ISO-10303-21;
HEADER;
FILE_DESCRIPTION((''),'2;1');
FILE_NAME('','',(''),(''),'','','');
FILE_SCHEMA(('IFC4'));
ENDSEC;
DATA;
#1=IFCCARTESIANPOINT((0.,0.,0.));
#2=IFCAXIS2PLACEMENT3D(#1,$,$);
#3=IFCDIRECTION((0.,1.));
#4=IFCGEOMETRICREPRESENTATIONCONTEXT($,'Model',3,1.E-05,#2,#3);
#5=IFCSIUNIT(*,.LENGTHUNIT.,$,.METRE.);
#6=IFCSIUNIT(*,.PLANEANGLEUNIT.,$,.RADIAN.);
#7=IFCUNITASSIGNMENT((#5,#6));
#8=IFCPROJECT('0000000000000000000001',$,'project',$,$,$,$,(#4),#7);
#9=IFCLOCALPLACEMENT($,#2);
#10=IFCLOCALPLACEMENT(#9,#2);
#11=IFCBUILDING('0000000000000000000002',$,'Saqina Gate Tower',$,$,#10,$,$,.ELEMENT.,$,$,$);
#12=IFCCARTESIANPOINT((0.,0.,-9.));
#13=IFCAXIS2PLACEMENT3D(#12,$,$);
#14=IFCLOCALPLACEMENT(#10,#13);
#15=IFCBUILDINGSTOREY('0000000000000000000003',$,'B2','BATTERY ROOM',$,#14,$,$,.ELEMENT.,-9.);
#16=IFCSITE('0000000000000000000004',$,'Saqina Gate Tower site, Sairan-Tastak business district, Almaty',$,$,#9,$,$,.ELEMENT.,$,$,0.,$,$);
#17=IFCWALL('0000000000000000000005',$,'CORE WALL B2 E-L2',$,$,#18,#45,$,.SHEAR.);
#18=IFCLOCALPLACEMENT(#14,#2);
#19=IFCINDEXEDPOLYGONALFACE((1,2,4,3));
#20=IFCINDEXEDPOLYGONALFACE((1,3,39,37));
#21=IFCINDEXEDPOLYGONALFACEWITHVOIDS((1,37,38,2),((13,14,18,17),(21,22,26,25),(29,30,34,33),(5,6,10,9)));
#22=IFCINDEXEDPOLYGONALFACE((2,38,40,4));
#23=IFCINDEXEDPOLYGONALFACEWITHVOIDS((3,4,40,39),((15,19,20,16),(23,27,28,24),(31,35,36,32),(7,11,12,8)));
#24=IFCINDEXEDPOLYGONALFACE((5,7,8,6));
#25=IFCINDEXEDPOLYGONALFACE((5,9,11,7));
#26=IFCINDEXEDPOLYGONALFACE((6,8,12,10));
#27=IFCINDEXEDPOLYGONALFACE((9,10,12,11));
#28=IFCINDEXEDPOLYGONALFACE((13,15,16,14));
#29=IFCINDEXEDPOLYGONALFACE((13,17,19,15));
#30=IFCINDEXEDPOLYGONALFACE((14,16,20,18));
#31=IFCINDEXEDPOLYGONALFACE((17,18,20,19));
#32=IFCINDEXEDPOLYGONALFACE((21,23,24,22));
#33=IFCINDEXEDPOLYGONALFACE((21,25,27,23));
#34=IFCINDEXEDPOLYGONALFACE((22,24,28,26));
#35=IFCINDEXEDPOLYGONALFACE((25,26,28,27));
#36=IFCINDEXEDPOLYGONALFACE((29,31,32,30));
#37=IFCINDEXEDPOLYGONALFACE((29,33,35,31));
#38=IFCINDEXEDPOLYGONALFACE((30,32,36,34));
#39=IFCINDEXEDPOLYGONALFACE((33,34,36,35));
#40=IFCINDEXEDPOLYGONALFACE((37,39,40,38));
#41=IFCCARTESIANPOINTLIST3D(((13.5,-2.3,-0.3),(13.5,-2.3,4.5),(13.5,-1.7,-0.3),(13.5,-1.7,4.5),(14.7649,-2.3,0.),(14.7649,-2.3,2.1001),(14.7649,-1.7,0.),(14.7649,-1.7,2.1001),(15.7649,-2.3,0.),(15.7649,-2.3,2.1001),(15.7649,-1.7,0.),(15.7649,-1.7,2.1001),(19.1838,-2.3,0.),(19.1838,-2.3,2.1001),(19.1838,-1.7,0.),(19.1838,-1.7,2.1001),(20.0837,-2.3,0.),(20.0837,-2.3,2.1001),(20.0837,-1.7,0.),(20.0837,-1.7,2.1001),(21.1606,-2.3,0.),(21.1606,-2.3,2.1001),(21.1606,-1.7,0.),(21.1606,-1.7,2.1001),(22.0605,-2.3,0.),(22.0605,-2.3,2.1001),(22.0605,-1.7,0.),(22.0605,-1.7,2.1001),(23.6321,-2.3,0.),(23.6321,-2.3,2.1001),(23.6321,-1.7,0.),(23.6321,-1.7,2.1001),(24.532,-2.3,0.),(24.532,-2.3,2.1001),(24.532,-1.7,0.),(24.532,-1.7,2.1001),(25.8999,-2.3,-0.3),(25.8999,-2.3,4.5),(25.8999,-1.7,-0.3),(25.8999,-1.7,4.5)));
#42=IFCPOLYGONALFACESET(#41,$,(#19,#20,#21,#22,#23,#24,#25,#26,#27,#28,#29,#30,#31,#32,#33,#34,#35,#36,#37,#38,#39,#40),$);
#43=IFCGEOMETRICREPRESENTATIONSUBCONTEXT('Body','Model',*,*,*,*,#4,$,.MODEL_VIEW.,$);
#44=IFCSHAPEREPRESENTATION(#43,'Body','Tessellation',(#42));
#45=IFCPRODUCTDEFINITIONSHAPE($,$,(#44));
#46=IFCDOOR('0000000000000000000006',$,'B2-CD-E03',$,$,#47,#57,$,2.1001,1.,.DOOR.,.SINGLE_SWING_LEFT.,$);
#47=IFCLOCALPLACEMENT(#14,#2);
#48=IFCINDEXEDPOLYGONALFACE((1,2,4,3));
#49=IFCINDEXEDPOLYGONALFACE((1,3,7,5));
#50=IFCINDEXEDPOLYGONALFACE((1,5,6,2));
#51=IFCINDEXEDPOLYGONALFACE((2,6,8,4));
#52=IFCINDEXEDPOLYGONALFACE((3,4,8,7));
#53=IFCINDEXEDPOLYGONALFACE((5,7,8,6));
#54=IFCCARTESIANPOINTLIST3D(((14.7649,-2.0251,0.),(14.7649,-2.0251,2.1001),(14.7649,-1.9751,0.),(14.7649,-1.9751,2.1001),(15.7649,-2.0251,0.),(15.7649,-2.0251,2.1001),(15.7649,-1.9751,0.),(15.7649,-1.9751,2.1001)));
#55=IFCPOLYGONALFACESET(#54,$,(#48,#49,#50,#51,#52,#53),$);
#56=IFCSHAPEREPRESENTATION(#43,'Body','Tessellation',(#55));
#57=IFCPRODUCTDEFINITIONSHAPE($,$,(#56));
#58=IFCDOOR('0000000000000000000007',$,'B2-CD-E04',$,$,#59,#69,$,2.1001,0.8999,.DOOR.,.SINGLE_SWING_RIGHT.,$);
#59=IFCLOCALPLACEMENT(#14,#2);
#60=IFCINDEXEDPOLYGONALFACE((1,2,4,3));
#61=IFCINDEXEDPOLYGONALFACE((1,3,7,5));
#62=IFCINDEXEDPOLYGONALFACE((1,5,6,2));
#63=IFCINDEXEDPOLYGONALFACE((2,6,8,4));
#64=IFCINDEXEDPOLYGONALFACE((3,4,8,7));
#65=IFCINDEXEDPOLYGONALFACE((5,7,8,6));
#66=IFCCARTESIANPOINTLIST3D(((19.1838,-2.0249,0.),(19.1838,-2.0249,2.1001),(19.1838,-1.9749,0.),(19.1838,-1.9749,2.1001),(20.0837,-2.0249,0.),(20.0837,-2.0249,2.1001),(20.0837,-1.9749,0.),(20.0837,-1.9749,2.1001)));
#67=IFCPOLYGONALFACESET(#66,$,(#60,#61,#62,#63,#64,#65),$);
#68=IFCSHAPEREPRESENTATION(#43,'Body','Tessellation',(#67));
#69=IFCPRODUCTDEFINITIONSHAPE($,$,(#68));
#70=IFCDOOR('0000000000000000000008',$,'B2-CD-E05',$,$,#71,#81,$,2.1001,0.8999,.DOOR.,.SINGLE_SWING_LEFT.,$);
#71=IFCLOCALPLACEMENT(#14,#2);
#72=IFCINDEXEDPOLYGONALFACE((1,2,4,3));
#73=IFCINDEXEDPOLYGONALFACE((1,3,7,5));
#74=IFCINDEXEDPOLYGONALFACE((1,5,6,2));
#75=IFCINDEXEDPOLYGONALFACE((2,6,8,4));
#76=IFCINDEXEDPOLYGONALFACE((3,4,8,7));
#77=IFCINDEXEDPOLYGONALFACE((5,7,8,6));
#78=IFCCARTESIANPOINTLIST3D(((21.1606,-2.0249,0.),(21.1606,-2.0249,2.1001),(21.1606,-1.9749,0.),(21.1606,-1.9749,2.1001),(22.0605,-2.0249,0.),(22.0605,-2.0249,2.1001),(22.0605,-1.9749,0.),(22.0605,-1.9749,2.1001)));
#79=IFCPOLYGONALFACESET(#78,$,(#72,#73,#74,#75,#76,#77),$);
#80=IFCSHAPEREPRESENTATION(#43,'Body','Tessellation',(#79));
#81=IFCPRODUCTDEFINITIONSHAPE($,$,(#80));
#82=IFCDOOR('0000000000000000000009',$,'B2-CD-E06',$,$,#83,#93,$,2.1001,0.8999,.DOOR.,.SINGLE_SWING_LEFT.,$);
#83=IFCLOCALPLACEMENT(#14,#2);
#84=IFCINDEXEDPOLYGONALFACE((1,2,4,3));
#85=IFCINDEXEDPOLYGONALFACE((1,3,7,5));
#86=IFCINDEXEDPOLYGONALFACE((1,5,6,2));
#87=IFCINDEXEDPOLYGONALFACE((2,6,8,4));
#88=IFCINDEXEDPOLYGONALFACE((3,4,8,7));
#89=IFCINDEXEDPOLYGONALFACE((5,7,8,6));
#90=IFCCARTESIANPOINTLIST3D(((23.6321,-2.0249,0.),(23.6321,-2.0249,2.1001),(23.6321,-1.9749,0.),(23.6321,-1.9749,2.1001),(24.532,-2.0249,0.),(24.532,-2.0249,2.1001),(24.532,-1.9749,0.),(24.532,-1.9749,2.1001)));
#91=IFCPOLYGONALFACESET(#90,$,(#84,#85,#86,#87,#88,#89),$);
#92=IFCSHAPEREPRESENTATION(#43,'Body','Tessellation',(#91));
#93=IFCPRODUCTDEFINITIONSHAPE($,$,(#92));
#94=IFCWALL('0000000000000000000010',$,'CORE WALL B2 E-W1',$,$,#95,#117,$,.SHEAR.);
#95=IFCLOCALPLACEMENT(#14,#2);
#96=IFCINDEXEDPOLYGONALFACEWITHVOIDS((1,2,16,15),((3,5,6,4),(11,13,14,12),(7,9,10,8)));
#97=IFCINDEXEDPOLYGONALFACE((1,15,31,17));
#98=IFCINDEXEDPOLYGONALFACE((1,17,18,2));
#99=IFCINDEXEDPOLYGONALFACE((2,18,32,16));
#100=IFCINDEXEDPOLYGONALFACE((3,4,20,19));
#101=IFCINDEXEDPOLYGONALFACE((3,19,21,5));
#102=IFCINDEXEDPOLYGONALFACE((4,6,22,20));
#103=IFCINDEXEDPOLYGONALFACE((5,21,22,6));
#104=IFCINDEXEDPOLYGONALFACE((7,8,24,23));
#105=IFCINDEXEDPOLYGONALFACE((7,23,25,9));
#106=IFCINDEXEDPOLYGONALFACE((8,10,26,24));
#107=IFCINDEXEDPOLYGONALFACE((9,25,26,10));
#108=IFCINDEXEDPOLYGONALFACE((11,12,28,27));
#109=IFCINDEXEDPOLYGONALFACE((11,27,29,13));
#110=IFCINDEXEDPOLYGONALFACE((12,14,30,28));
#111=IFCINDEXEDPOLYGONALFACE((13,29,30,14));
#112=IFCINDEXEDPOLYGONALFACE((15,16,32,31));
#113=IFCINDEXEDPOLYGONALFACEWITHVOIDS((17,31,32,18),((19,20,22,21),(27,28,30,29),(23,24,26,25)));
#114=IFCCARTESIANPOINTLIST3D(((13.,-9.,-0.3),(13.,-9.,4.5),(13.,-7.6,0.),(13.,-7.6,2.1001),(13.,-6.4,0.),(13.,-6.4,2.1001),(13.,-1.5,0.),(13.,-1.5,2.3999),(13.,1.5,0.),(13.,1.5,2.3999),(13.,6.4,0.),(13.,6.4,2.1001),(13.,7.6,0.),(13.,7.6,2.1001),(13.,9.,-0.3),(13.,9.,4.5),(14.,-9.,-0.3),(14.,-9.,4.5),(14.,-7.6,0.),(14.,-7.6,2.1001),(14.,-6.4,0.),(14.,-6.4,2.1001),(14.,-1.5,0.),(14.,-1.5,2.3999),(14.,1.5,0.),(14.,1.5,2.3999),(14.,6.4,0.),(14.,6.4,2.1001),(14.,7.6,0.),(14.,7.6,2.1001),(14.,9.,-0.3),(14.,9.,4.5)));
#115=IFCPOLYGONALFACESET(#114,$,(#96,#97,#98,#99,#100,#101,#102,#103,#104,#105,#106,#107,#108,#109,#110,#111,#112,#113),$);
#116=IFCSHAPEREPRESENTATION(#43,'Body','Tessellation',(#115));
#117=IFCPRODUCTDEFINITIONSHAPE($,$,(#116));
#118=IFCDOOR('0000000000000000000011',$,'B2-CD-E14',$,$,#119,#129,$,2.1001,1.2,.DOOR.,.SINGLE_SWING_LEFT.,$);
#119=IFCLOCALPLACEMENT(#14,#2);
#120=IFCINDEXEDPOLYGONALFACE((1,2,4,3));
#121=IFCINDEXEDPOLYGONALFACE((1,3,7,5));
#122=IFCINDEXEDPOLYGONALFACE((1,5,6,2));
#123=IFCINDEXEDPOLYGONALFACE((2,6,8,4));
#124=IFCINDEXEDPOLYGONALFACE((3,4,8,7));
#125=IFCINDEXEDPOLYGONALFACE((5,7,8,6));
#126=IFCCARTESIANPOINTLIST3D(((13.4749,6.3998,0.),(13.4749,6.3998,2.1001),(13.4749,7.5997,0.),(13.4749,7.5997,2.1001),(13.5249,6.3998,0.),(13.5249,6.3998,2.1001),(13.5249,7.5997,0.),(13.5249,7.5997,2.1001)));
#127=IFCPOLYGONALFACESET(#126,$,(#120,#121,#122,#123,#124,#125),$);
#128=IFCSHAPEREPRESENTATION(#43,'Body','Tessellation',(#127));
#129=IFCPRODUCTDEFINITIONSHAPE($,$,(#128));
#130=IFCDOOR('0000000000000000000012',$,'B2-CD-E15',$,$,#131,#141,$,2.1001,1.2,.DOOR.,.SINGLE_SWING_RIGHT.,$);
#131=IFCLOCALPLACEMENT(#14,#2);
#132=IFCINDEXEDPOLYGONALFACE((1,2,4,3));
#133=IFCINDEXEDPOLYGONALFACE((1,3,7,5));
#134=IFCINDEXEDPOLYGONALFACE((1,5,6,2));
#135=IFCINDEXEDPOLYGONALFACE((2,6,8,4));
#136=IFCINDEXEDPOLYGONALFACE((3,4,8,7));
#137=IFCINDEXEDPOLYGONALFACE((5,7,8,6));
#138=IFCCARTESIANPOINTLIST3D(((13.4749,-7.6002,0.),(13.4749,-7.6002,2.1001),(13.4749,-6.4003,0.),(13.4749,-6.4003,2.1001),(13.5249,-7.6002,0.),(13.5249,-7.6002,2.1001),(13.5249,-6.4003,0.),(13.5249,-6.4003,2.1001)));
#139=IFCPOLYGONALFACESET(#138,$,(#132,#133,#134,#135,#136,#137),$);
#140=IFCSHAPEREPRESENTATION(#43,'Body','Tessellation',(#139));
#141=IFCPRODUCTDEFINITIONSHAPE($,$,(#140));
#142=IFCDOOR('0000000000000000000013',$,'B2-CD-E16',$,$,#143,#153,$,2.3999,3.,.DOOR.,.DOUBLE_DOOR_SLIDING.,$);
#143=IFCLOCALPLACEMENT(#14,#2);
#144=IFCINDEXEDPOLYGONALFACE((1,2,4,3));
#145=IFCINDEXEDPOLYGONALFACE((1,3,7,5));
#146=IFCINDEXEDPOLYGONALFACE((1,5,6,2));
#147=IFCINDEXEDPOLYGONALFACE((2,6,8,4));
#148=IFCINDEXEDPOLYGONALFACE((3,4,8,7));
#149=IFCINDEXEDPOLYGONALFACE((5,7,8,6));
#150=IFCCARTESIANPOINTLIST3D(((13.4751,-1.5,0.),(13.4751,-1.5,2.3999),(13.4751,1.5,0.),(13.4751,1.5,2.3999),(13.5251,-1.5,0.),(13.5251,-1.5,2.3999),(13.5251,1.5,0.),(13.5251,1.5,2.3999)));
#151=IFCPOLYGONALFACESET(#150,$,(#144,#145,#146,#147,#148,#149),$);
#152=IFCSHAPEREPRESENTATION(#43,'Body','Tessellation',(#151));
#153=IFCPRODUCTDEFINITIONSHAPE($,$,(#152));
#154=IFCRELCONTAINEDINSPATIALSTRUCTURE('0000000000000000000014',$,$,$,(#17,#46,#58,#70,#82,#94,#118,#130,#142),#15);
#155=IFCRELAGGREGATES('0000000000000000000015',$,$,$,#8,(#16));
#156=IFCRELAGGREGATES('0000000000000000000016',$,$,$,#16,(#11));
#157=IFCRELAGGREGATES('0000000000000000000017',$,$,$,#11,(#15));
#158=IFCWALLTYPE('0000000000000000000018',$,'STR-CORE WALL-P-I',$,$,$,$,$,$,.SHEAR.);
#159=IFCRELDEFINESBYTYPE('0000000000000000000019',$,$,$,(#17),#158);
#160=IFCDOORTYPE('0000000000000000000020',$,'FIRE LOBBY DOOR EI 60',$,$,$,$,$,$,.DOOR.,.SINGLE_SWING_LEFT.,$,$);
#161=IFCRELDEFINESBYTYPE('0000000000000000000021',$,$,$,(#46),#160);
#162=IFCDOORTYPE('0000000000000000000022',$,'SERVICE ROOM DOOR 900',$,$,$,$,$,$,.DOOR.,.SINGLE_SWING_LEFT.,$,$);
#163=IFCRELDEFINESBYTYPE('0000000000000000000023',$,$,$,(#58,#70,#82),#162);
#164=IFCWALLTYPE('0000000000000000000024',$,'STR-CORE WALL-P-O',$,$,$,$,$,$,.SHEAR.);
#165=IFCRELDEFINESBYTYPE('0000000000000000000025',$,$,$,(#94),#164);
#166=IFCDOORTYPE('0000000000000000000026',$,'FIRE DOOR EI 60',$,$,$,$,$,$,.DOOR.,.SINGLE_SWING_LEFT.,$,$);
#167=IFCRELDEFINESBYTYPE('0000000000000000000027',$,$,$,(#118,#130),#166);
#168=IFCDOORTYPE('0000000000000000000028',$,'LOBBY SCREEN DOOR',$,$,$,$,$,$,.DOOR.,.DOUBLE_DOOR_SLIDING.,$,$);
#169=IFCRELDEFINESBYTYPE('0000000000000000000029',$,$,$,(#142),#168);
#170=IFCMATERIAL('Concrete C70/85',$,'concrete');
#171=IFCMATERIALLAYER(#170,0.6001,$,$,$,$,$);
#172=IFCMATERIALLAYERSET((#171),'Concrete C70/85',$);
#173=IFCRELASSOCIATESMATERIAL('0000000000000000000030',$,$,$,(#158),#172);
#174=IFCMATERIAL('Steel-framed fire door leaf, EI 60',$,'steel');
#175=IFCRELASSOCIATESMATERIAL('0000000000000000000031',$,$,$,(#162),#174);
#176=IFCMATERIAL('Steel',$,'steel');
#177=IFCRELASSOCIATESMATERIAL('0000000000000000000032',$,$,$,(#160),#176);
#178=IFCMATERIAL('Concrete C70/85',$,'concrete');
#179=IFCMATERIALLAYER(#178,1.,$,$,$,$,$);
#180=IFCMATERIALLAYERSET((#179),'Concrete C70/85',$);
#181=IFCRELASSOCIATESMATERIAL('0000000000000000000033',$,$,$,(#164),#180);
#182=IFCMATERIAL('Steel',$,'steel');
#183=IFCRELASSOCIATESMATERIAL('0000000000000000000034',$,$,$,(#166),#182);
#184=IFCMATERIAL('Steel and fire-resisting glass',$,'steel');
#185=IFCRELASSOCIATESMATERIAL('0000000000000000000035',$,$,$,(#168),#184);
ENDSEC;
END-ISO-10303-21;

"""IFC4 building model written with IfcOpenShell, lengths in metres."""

from ifc_helpers import new_model, si_unit, direction, frame, frame_2d, origin, place, context, subcontext, project, spatial, rectangle, extrude, material, layer, layer_set, type_object, element, fill, save


model = new_model("IFC4")

# Units and contexts
model_context = context("Model", 3, precision=1e-05, world=origin(), true_north=direction((0.0, 1.0)))
body_context = subcontext(model_context, "Body", "Model", "MODEL_VIEW")
ifc_project = project(units=[si_unit("LENGTHUNIT", "METRE"), si_unit("PLANEANGLEUNIT", "RADIAN")], contexts=[model_context])

# Site, building, storey
site_placement = place(None, origin())
site = spatial("IfcSite", under=ifc_project, at=site_placement, Name="Saqina Gate Tower site, Sairan-Tastak business district, Almaty", CompositionType="ELEMENT", RefElevation=0.0)
building_placement = place(site_placement, origin())
building = spatial("IfcBuilding", under=site, at=building_placement, Name="Saqina Gate Tower", CompositionType="ELEMENT")
storey_placement = place(building_placement, frame((0.0, 0.0, -9.0)))
storey = spatial("IfcBuildingStorey", under=building, at=storey_placement, Name="B2", Description="BATTERY ROOM", CompositionType="ELEMENT", Elevation=-9.0)

# Walls, openings, doors
ifc_material_1 = material(Name="Concrete C70/85", Category="concrete")
ifc_layer_1 = layer(ifc_material_1, 0.6001)
ifc_layer_set_1 = layer_set([ifc_layer_1], Name="Concrete C70/85")
wall_type_1 = type_object("IfcWallType", Name="STR-CORE WALL-P-I", PredefinedType="SHEAR", material=ifc_layer_set_1)
ifc_material_2 = material(Name="Steel-framed fire door leaf, EI 60", Category="steel")
door_type_1 = type_object("IfcDoorType", Name="SERVICE ROOM DOOR 900", OperationType="SINGLE_SWING_LEFT", PredefinedType="DOOR", material=ifc_material_2)
wall_1_placement = place(storey_placement, frame((13.5, -2.0, -0.3), z_axis=(0.0, 0.0, 1.0), x_axis=(1.0, 0.0, 0.0)))
wall_1 = element("IfcWall", 1, at=wall_1_placement, inside=storey, type_object=wall_type_1, Name="CORE WALL B2 E-L2", PredefinedType="SHEAR", context=body_context, shape_type="SweptSolid", body=[
    extrude(rectangle(XDim=12.3999, YDim=0.6001, at=frame_2d((6.2, 0.0))), origin(), (0.0, 0.0, 1.0), 4.8),
])
opening_1_placement = place(wall_1_placement, frame((1.2649, 0.0, 0.3)))
opening_1 = element("IfcOpeningElement", 2, at=opening_1_placement, cuts=wall_1, PredefinedType="OPENING", context=body_context, shape_type="SweptSolid", body=[
    extrude(rectangle(XDim=1.0, YDim=2.1001, at=frame_2d((0.5, 1.05))), frame((0.0, 0.312, 0.0), z_axis=(0.0, -1.0, 0.0), x_axis=(1.0, 0.0, 0.0)), (0.0, 0.0, 1.0), 0.624),
])
opening_2_placement = place(wall_1_placement, frame((5.6838, 0.0, 0.3)))
opening_2 = element("IfcOpeningElement", 3, at=opening_2_placement, cuts=wall_1, PredefinedType="OPENING", context=body_context, shape_type="SweptSolid", body=[
    extrude(rectangle(XDim=0.8999, YDim=2.1001, at=frame_2d((0.45, 1.05))), frame((0.0, 0.312, 0.0), z_axis=(0.0, -1.0, 0.0), x_axis=(1.0, 0.0, 0.0)), (0.0, 0.0, 1.0), 0.624),
])
opening_3_placement = place(wall_1_placement, frame((7.6606, 0.0, 0.3)))
opening_3 = element("IfcOpeningElement", 4, at=opening_3_placement, cuts=wall_1, PredefinedType="OPENING", context=body_context, shape_type="SweptSolid", body=[
    extrude(rectangle(XDim=0.8999, YDim=2.1001, at=frame_2d((0.45, 1.05))), frame((0.0, 0.312, 0.0), z_axis=(0.0, -1.0, 0.0), x_axis=(1.0, 0.0, 0.0)), (0.0, 0.0, 1.0), 0.624),
])
opening_4_placement = place(wall_1_placement, frame((10.1321, 0.0, 0.3)))
opening_4 = element("IfcOpeningElement", 5, at=opening_4_placement, cuts=wall_1, PredefinedType="OPENING", context=body_context, shape_type="SweptSolid", body=[
    extrude(rectangle(XDim=0.8999, YDim=2.1001, at=frame_2d((0.45, 1.05))), frame((0.0, 0.312, 0.0), z_axis=(0.0, -1.0, 0.0), x_axis=(1.0, 0.0, 0.0)), (0.0, 0.0, 1.0), 0.624),
])
ifc_material_3 = material(Name="Steel", Category="steel")
door_type_2 = type_object("IfcDoorType", Name="FIRE LOBBY DOOR EI 60", OperationType="SINGLE_SWING_LEFT", PredefinedType="DOOR", material=ifc_material_3)
door_1_placement = place(opening_1_placement, origin())
door_1 = element("IfcDoor", 6, at=door_1_placement, inside=storey, type_object=door_type_2, Name="B2-CD-E03", OperationType="SINGLE_SWING_LEFT", OverallHeight=2.1001, OverallWidth=1.0, PredefinedType="DOOR", context=body_context, shape_type="SweptSolid", body=[
    extrude(rectangle(XDim=1.0, YDim=2.1001, at=frame_2d((0.5, 1.05))), frame((0.0, 0.0249, 0.0), z_axis=(0.0, -1.0, 0.0), x_axis=(1.0, 0.0, 0.0)), (0.0, 0.0, 1.0), 0.05),
])
fill(opening_1, door_1)
door_2_placement = place(opening_2_placement, frame((0.8999, 0.0, 0.0), z_axis=(0.0, 0.0, 1.0), x_axis=(-1.0, 0.0, 0.0)))
door_2 = element("IfcDoor", 7, at=door_2_placement, inside=storey, type_object=door_type_1, Name="B2-CD-E04", OperationType="SINGLE_SWING_RIGHT", OverallHeight=2.1001, OverallWidth=0.8999, PredefinedType="DOOR", context=body_context, shape_type="SweptSolid", body=[
    extrude(rectangle(XDim=0.8999, YDim=2.1001, at=frame_2d((0.45, 1.05))), frame((0.0, 0.0249, 0.0), z_axis=(0.0, -1.0, 0.0), x_axis=(1.0, 0.0, 0.0)), (0.0, 0.0, 1.0), 0.05),
])
fill(opening_2, door_2)
door_3_placement = place(opening_3_placement, frame((0.8999, 0.0, 0.0), z_axis=(0.0, 0.0, 1.0), x_axis=(-1.0, 0.0, 0.0)))
door_3 = element("IfcDoor", 8, at=door_3_placement, inside=storey, type_object=door_type_1, Name="B2-CD-E05", OperationType="SINGLE_SWING_LEFT", OverallHeight=2.1001, OverallWidth=0.8999, PredefinedType="DOOR", context=body_context, shape_type="SweptSolid", body=[
    extrude(rectangle(XDim=0.8999, YDim=2.1001, at=frame_2d((0.45, 1.05))), frame((0.0, 0.0249, 0.0), z_axis=(0.0, -1.0, 0.0), x_axis=(1.0, 0.0, 0.0)), (0.0, 0.0, 1.0), 0.05),
])
fill(opening_3, door_3)
door_4_placement = place(opening_4_placement, frame((0.8999, 0.0, 0.0), z_axis=(0.0, 0.0, 1.0), x_axis=(-1.0, 0.0, 0.0)))
door_4 = element("IfcDoor", 9, at=door_4_placement, inside=storey, type_object=door_type_1, Name="B2-CD-E06", OperationType="SINGLE_SWING_LEFT", OverallHeight=2.1001, OverallWidth=0.8999, PredefinedType="DOOR", context=body_context, shape_type="SweptSolid", body=[
    extrude(rectangle(XDim=0.8999, YDim=2.1001, at=frame_2d((0.45, 1.05))), frame((0.0, 0.0249, 0.0), z_axis=(0.0, -1.0, 0.0), x_axis=(1.0, 0.0, 0.0)), (0.0, 0.0, 1.0), 0.05),
])
fill(opening_4, door_4)
ifc_material_4 = material(Name="Concrete C70/85", Category="concrete")
ifc_layer_2 = layer(ifc_material_4, 1.0)
ifc_layer_set_2 = layer_set([ifc_layer_2], Name="Concrete C70/85")
wall_type_2 = type_object("IfcWallType", Name="STR-CORE WALL-P-O", PredefinedType="SHEAR", material=ifc_layer_set_2)
wall_2_placement = place(storey_placement, frame((13.5, -9.0, -0.3), z_axis=(0.0, 0.0, 1.0), x_axis=(0.0, 1.0, 0.0)))
wall_2 = element("IfcWall", 10, at=wall_2_placement, inside=storey, type_object=wall_type_2, Name="CORE WALL B2 E-W1", PredefinedType="SHEAR", context=body_context, shape_type="SweptSolid", body=[
    extrude(rectangle(XDim=18.0, YDim=1.0, at=frame_2d((9.0, 0.0))), origin(), (0.0, 0.0, 1.0), 4.8),
])
opening_5_placement = place(wall_2_placement, frame((15.3999, 0.0, 0.3)))
opening_5 = element("IfcOpeningElement", 11, at=opening_5_placement, cuts=wall_2, PredefinedType="OPENING", context=body_context, shape_type="SweptSolid", body=[
    extrude(rectangle(XDim=1.2, YDim=2.1001, at=frame_2d((0.6001, 1.05))), frame((0.0, 0.512, 0.0), z_axis=(0.0, -1.0, 0.0), x_axis=(1.0, 0.0, 0.0)), (0.0, 0.0, 1.0), 1.0239),
])
opening_6_placement = place(wall_2_placement, frame((1.3999, 0.0, 0.3)))
opening_6 = element("IfcOpeningElement", 12, at=opening_6_placement, cuts=wall_2, PredefinedType="OPENING", context=body_context, shape_type="SweptSolid", body=[
    extrude(rectangle(XDim=1.2, YDim=2.1001, at=frame_2d((0.6001, 1.05))), frame((0.0, 0.512, 0.0), z_axis=(0.0, -1.0, 0.0), x_axis=(1.0, 0.0, 0.0)), (0.0, 0.0, 1.0), 1.0239),
])
opening_7_placement = place(wall_2_placement, frame((7.5, 0.0, 0.3)))
opening_7 = element("IfcOpeningElement", 13, at=opening_7_placement, cuts=wall_2, PredefinedType="OPENING", context=body_context, shape_type="SweptSolid", body=[
    extrude(rectangle(XDim=3.0, YDim=2.3999, at=frame_2d((1.5, 1.2))), frame((0.0, 0.512, 0.0), z_axis=(0.0, -1.0, 0.0), x_axis=(1.0, 0.0, 0.0)), (0.0, 0.0, 1.0), 1.0239),
])
ifc_material_5 = material(Name="Steel", Category="steel")
door_type_3 = type_object("IfcDoorType", Name="FIRE DOOR EI 60", OperationType="SINGLE_SWING_LEFT", PredefinedType="DOOR", material=ifc_material_5)
door_5_placement = place(opening_5_placement, frame((1.2, 0.0, 0.0), z_axis=(0.0, 0.0, 1.0), x_axis=(-1.0, 0.0, 0.0)))
door_5 = element("IfcDoor", 14, at=door_5_placement, inside=storey, type_object=door_type_3, Name="B2-CD-E14", OperationType="SINGLE_SWING_LEFT", OverallHeight=2.1001, OverallWidth=1.2, PredefinedType="DOOR", context=body_context, shape_type="SweptSolid", body=[
    extrude(rectangle(XDim=1.2, YDim=2.1001, at=frame_2d((0.6001, 1.05))), frame((0.0, 0.0249, 0.0), z_axis=(0.0, -1.0, 0.0), x_axis=(1.0, 0.0, 0.0)), (0.0, 0.0, 1.0), 0.05),
])
fill(opening_5, door_5)
door_6_placement = place(opening_6_placement, frame((1.2, 0.0, 0.0), z_axis=(0.0, 0.0, 1.0), x_axis=(-1.0, 0.0, 0.0)))
door_6 = element("IfcDoor", 15, at=door_6_placement, inside=storey, type_object=door_type_3, Name="B2-CD-E15", OperationType="SINGLE_SWING_RIGHT", OverallHeight=2.1001, OverallWidth=1.2, PredefinedType="DOOR", context=body_context, shape_type="SweptSolid", body=[
    extrude(rectangle(XDim=1.2, YDim=2.1001, at=frame_2d((0.6001, 1.05))), frame((0.0, 0.0249, 0.0), z_axis=(0.0, -1.0, 0.0), x_axis=(1.0, 0.0, 0.0)), (0.0, 0.0, 1.0), 0.05),
])
fill(opening_6, door_6)
ifc_material_6 = material(Name="Steel and fire-resisting glass", Category="steel")
door_type_4 = type_object("IfcDoorType", Name="LOBBY SCREEN DOOR", OperationType="DOUBLE_DOOR_SLIDING", PredefinedType="DOOR", material=ifc_material_6)
door_7_placement = place(opening_7_placement, origin())
door_7 = element("IfcDoor", 16, at=door_7_placement, inside=storey, type_object=door_type_4, Name="B2-CD-E16", OperationType="DOUBLE_DOOR_SLIDING", OverallHeight=2.3999, OverallWidth=3.0, PredefinedType="DOOR", context=body_context, shape_type="SweptSolid", body=[
    extrude(rectangle(XDim=3.0, YDim=2.3999, at=frame_2d((1.5, 1.2))), frame((0.0, 0.0249, 0.0), z_axis=(0.0, -1.0, 0.0), x_axis=(1.0, 0.0, 0.0)), (0.0, 0.0, 1.0), 0.05),
])
fill(opening_7, door_7)

save(model, "model.ifc")
